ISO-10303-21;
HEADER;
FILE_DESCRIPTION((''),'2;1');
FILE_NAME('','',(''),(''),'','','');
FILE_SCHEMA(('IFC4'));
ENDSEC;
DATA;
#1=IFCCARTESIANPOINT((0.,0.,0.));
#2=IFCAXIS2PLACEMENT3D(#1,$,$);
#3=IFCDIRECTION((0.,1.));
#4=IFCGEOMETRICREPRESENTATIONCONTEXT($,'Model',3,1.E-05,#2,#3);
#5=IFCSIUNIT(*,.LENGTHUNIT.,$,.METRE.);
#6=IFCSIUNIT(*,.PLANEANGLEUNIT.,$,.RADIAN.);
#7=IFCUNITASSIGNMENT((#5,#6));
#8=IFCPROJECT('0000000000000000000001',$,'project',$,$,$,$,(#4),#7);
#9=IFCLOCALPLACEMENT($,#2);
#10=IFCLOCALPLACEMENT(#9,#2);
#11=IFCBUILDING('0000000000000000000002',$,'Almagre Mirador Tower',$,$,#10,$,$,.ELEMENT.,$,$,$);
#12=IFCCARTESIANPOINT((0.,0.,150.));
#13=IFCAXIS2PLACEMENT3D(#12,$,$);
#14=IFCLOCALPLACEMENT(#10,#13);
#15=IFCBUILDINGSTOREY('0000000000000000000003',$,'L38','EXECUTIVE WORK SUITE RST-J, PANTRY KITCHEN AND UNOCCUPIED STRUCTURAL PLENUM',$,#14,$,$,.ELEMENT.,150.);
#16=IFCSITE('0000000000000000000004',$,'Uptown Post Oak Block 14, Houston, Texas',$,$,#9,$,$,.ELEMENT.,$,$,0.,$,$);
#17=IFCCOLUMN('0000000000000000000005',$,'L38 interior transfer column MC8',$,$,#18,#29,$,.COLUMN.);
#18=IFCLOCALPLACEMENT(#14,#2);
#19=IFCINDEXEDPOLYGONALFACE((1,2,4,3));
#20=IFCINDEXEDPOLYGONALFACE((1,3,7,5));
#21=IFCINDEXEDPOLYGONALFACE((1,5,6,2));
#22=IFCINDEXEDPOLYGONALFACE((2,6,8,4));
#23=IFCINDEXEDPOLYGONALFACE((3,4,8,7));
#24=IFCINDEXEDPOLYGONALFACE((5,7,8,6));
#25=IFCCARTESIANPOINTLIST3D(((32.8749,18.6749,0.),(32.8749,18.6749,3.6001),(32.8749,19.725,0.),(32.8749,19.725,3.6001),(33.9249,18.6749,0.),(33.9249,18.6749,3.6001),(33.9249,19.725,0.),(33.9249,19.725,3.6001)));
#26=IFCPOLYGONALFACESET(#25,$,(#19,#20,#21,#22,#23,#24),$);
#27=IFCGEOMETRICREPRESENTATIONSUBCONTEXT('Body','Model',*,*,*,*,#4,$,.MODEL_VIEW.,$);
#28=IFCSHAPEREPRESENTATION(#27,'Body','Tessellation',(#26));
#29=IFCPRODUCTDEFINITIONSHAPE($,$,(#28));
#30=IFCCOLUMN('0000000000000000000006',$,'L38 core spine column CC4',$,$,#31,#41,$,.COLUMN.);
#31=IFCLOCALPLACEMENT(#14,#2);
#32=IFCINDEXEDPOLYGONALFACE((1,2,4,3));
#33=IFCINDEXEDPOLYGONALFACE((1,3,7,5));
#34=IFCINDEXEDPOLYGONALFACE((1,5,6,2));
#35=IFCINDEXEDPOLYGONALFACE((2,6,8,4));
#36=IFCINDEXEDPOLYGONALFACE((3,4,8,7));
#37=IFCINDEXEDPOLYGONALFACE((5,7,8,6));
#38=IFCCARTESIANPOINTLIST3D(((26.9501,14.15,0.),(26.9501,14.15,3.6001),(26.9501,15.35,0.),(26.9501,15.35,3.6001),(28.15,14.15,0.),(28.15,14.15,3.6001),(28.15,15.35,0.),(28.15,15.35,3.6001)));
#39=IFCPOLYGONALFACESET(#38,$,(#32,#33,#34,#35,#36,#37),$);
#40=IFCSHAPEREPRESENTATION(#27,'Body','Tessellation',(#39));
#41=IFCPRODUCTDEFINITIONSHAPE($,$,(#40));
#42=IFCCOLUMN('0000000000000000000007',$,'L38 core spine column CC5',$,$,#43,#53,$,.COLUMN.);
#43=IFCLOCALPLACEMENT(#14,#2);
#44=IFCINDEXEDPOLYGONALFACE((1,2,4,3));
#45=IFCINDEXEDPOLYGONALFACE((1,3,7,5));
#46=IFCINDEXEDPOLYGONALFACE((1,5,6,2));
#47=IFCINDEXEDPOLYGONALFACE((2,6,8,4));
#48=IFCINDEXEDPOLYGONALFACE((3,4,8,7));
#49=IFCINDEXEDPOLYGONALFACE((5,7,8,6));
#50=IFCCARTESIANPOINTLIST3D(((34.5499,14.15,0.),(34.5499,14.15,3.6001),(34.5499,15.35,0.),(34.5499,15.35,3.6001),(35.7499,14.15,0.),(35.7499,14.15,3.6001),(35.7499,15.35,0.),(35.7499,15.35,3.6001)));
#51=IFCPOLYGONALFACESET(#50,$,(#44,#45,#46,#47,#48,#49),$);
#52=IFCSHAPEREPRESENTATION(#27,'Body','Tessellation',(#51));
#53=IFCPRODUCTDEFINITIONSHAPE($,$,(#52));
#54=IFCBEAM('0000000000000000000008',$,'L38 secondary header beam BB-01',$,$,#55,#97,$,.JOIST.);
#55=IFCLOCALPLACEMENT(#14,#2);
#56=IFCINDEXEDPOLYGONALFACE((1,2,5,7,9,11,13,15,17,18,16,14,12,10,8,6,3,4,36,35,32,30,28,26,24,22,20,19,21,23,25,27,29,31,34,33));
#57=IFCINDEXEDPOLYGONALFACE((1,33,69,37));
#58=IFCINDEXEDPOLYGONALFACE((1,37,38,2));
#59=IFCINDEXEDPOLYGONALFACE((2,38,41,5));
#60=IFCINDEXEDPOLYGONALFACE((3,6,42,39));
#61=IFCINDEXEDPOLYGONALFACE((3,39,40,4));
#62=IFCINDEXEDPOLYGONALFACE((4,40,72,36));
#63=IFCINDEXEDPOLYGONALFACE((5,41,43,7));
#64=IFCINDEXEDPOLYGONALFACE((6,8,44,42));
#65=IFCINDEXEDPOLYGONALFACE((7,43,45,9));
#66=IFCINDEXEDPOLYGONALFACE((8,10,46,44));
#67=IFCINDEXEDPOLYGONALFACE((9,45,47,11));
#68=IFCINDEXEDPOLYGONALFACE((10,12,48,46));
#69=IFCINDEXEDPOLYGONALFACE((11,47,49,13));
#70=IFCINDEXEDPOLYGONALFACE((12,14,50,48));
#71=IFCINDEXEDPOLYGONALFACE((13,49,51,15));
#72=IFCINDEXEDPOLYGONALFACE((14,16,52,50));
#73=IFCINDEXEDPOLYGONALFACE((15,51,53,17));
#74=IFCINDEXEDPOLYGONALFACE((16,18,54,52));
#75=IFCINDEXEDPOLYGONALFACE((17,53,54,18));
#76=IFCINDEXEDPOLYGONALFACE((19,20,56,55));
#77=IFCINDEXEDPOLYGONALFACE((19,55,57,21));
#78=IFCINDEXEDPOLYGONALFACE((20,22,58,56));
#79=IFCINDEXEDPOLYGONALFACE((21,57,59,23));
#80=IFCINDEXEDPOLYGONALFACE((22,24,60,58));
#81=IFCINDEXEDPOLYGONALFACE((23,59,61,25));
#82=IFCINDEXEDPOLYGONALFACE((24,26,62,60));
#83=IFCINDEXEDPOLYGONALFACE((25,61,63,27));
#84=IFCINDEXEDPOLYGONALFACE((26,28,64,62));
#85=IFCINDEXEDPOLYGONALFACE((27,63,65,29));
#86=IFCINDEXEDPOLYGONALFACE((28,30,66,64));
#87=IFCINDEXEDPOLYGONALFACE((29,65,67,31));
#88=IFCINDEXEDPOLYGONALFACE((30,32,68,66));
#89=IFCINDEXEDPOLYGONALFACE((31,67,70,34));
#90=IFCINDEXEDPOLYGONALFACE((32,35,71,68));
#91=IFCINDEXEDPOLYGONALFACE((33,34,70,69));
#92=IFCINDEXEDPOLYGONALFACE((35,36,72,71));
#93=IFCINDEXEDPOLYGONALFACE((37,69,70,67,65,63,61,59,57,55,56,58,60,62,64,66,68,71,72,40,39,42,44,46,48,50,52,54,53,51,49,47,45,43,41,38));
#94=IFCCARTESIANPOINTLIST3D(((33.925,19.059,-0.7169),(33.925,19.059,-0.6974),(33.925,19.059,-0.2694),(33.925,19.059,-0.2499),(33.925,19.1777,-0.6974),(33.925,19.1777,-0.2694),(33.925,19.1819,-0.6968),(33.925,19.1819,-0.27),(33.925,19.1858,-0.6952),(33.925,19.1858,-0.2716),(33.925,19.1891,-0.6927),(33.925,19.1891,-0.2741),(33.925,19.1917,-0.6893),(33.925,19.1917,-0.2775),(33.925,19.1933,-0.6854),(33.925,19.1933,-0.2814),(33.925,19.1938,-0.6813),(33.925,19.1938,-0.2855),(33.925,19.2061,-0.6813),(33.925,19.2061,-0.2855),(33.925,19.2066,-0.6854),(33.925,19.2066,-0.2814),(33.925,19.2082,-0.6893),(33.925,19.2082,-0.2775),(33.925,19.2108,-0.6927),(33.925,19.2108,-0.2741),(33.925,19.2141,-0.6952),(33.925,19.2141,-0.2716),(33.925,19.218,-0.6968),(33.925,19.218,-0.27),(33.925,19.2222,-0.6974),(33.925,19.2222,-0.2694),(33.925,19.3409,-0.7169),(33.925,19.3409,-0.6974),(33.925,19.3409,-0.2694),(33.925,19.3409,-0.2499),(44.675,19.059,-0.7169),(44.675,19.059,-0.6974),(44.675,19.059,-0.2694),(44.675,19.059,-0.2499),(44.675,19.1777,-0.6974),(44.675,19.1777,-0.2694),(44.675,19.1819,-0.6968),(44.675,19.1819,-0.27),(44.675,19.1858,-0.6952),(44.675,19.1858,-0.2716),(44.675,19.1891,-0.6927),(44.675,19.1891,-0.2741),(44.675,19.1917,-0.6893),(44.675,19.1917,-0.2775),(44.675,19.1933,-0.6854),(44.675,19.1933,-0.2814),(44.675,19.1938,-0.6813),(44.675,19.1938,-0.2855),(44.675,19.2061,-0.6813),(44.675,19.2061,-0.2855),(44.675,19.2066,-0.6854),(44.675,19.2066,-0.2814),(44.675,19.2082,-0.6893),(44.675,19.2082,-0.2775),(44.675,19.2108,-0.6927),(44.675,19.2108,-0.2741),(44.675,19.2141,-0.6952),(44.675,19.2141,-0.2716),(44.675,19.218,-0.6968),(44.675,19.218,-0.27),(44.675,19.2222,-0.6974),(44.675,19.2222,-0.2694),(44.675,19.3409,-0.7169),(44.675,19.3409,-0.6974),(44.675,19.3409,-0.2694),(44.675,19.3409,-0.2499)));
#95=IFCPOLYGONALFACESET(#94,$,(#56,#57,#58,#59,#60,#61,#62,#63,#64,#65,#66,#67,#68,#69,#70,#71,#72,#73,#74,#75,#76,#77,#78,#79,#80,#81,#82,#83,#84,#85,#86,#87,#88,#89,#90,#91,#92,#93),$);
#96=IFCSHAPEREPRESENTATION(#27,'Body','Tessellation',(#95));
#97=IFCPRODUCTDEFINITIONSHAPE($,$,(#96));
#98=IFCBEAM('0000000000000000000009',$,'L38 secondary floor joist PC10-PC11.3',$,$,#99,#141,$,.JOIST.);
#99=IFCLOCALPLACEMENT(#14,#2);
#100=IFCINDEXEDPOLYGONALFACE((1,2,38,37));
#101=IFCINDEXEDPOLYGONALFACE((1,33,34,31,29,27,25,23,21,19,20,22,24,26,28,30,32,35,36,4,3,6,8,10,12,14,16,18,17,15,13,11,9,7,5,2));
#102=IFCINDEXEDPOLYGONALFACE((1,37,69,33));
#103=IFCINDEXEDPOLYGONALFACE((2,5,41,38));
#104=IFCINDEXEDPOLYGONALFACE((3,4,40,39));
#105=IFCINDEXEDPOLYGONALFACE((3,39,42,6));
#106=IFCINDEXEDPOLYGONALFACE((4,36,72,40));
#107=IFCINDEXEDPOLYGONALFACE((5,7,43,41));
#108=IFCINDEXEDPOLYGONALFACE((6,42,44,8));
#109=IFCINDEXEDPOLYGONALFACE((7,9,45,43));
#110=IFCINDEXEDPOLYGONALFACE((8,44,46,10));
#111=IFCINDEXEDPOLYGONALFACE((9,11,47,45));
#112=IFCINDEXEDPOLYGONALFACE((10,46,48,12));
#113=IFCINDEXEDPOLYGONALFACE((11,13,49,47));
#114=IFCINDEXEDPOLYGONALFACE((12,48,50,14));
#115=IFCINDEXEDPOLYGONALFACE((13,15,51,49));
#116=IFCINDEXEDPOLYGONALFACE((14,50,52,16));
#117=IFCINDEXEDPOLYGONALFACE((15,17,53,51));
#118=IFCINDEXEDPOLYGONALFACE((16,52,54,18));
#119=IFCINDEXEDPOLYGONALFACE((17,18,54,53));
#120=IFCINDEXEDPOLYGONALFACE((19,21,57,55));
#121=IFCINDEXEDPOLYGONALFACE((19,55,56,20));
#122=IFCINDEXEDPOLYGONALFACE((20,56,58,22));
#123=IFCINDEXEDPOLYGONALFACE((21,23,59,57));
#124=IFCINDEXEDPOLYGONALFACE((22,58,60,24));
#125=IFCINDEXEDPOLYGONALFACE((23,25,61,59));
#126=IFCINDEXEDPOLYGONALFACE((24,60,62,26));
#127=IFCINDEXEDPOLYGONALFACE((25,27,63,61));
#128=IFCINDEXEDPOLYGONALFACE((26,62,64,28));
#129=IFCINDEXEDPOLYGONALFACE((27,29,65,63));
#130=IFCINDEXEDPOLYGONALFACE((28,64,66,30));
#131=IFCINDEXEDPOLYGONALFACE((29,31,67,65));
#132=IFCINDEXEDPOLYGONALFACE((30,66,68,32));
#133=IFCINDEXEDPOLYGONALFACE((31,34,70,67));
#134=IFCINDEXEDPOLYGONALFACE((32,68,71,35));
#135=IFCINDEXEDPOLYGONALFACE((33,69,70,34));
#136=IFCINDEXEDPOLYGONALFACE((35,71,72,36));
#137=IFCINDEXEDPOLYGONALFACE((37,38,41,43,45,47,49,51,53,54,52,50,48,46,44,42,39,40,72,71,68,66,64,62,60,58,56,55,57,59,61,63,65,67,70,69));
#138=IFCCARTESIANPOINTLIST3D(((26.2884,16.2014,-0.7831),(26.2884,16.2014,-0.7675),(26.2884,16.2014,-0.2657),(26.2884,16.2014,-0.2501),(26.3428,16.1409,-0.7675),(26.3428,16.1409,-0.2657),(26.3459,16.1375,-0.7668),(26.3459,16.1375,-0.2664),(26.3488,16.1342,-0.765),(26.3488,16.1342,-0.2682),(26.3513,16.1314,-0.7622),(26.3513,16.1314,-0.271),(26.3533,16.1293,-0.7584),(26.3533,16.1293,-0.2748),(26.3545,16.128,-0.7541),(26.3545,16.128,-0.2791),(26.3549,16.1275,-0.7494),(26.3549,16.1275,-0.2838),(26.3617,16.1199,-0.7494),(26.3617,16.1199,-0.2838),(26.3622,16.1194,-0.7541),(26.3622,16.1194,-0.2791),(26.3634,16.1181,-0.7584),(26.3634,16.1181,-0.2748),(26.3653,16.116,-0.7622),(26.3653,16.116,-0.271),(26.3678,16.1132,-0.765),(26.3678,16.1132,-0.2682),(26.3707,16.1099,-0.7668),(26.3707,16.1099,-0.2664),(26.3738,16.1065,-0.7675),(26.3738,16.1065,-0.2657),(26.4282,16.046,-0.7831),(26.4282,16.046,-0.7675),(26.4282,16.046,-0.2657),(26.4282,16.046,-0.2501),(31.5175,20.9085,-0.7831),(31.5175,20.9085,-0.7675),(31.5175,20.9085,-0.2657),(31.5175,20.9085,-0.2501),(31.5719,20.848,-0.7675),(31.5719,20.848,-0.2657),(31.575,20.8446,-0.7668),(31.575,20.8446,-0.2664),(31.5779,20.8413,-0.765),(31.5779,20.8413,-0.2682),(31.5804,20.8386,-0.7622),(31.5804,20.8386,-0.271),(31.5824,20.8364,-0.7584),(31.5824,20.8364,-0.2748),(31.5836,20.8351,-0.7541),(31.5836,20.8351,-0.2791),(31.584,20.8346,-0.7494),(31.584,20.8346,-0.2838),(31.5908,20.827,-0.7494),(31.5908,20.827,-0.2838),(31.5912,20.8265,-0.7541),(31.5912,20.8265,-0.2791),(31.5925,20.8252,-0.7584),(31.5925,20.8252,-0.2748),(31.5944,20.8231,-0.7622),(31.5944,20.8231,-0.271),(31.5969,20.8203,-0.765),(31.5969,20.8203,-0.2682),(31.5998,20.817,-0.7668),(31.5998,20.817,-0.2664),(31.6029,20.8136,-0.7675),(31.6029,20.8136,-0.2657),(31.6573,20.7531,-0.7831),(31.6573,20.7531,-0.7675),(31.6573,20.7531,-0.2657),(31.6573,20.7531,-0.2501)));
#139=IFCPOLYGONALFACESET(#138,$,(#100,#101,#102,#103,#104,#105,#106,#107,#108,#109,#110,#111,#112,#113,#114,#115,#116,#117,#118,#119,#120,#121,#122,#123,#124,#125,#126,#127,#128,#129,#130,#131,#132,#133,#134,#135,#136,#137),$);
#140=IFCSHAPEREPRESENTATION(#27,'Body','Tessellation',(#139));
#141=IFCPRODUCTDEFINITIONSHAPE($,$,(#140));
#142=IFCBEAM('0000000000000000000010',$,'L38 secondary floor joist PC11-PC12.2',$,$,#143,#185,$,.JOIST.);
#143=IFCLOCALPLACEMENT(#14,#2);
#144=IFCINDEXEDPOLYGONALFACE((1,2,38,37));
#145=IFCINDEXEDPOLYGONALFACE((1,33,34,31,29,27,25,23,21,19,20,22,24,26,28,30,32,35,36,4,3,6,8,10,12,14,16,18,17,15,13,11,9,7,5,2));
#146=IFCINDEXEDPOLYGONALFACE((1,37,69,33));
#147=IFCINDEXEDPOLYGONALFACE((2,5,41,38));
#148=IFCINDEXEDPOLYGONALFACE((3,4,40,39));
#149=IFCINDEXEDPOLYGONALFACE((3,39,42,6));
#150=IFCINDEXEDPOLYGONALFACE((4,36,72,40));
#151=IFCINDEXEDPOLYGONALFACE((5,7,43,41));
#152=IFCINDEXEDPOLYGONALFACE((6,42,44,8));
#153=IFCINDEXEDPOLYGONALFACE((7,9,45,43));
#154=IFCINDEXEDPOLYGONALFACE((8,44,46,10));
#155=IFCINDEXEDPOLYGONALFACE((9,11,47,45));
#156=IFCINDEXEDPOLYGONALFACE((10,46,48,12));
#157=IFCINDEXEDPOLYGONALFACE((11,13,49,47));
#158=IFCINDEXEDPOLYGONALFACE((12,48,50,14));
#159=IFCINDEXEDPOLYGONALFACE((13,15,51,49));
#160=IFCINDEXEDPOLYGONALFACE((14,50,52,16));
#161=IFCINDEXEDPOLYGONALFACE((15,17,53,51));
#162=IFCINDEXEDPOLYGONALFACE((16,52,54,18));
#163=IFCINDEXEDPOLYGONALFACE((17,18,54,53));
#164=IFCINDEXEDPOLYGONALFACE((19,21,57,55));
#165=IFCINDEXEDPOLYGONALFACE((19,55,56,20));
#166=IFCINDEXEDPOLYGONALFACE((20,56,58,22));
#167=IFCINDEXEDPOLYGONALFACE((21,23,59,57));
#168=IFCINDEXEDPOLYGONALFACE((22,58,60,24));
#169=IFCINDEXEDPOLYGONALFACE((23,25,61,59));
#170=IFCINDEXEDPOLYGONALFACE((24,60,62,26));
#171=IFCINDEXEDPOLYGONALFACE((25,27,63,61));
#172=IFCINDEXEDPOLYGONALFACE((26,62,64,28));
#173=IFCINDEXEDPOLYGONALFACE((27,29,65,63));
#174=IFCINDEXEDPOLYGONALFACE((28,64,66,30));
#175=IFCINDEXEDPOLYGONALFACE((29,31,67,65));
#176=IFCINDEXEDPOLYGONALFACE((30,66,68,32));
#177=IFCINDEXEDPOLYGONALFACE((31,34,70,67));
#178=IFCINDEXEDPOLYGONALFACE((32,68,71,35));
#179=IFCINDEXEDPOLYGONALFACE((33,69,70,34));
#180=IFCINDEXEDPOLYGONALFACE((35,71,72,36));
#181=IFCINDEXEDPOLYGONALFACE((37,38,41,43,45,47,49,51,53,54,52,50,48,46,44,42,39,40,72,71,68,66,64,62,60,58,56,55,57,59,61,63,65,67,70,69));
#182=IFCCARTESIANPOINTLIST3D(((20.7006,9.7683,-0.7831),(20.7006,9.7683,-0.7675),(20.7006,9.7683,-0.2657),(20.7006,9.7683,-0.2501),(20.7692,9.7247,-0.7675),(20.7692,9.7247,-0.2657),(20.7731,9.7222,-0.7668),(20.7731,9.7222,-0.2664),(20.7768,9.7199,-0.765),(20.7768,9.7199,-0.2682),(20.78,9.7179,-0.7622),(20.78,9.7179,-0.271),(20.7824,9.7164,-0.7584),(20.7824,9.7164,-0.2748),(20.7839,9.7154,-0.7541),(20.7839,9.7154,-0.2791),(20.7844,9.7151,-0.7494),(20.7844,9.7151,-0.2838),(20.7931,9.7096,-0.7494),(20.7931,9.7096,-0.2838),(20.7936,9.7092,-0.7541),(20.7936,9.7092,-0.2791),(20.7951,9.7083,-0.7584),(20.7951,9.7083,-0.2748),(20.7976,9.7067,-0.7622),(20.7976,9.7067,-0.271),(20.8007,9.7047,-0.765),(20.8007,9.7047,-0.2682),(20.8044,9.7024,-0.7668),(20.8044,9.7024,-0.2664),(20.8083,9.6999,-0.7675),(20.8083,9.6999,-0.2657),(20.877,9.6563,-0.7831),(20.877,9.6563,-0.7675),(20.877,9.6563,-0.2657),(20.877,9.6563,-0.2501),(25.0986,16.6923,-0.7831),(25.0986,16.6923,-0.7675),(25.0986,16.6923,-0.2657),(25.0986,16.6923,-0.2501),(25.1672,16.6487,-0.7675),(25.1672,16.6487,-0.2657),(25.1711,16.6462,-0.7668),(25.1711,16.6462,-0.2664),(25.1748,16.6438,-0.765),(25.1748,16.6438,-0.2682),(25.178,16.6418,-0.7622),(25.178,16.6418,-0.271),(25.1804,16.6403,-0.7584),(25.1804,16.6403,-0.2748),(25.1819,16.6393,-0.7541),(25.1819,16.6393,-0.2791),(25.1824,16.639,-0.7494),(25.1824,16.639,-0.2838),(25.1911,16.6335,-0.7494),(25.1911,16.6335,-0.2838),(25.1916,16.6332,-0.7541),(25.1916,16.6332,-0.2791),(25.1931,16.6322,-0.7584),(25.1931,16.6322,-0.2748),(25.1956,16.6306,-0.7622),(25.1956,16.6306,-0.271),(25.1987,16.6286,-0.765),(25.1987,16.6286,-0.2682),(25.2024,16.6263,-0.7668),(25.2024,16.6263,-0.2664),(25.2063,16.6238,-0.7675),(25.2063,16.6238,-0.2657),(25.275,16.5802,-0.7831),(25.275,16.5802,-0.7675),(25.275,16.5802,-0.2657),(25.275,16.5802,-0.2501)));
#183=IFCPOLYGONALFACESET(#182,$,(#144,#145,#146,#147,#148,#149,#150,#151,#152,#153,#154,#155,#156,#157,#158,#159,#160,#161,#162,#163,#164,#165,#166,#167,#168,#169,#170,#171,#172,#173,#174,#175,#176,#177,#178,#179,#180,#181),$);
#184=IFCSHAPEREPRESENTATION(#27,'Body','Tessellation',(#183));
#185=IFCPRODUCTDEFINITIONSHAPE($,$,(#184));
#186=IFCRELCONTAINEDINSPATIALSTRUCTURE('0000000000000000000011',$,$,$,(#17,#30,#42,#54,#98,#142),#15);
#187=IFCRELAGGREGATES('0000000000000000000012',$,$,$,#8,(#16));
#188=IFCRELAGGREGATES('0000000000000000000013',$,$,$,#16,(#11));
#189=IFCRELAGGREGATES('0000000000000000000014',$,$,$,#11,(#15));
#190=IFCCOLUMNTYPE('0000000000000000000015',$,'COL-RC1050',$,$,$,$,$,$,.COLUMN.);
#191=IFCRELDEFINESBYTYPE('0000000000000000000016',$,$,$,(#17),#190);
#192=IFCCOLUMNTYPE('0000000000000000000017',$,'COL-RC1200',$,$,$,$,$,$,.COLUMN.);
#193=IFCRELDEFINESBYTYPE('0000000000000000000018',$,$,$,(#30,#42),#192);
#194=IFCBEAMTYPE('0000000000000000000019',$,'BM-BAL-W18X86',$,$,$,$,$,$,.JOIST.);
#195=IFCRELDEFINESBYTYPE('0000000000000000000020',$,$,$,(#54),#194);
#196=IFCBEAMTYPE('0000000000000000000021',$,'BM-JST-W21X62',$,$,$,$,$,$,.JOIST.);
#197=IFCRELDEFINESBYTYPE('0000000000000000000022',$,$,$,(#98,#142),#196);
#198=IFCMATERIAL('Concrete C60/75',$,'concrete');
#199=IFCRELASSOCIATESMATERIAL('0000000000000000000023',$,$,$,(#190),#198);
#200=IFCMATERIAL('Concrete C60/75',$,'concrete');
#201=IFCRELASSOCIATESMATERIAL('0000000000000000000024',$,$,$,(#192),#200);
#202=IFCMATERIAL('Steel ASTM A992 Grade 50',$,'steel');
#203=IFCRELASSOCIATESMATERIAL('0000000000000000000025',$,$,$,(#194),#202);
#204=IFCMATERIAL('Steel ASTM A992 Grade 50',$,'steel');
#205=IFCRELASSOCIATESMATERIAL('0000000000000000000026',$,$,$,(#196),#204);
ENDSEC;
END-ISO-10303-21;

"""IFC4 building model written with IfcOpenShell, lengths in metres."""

from ifc_helpers import new_model, si_unit, direction, frame, origin, origin_2d, place, context, subcontext, project, spatial, rectangle, i_section, extrude, material, material_profile, profile_set, type_object, element, save


model = new_model("IFC4")

# Units and contexts
model_context = context("Model", 3, precision=1e-05, world=origin(), true_north=direction((0.0, 1.0)))
body_context = subcontext(model_context, "Body", "Model", "MODEL_VIEW")
ifc_project = project(units=[si_unit("LENGTHUNIT", "METRE"), si_unit("PLANEANGLEUNIT", "RADIAN")], contexts=[model_context])

# Site, building, storey
site_placement = place(None, origin())
site = spatial("IfcSite", under=ifc_project, at=site_placement, Name="Uptown Post Oak Block 14, Houston, Texas", CompositionType="ELEMENT", RefElevation=0.0)
building_placement = place(site_placement, origin())
building = spatial("IfcBuilding", under=site, at=building_placement, Name="Almagre Mirador Tower", CompositionType="ELEMENT")
storey_placement = place(building_placement, frame((0.0, 0.0, 150.0)))
storey = spatial("IfcBuildingStorey", under=building, at=storey_placement, Name="L38", Description="EXECUTIVE WORK SUITE RST-J, PANTRY KITCHEN AND UNOCCUPIED STRUCTURAL PLENUM", CompositionType="ELEMENT", Elevation=150.0)

# Columns
ifc_material_1 = material(Name="Concrete C60/75", Category="concrete")
ifc_material_profile_1 = material_profile(ifc_material_1, rectangle(XDim=1.05, YDim=1.05, at=origin_2d()), Name="RC1050X1050")
ifc_profile_set_1 = profile_set([ifc_material_profile_1], Name="Concrete C60/75")
column_type_1 = type_object("IfcColumnType", Name="COL-RC1050", PredefinedType="COLUMN", material=ifc_profile_set_1)
column_placement = place(storey_placement, frame((33.3999, 19.2, 0.0), z_axis=(0.0, 0.0, 1.0), x_axis=(1.0, 0.0, 0.0)))
element("IfcColumn", 1, at=column_placement, inside=storey, type_object=column_type_1, Name="L38 interior transfer column MC8", PredefinedType="COLUMN", context=body_context, shape_type="SweptSolid", body=[
    extrude(rectangle(XDim=1.05, YDim=1.05, at=origin_2d()), origin(), (0.0, 0.0, 1.0), 3.6001),
])
ifc_material_2 = material(Name="Concrete C60/75", Category="concrete")
ifc_material_profile_2 = material_profile(ifc_material_2, rectangle(XDim=1.2, YDim=1.2, at=origin_2d()), Name="RC1200X1200")
ifc_profile_set_2 = profile_set([ifc_material_profile_2], Name="Concrete C60/75")
column_type_2 = type_object("IfcColumnType", Name="COL-RC1200", PredefinedType="COLUMN", material=ifc_profile_set_2)
for number, where, z_axis, x_axis, name in (
    (2, (27.55, 14.75, 0.0), (0.0, 0.0, 1.0), (1.0, 0.0, 0.0), "L38 core spine column CC4"),
    (3, (35.1499, 14.75, 0.0), (0.0, 0.0, 1.0), (1.0, 0.0, 0.0), "L38 core spine column CC5"),
):
    element("IfcColumn", number, at=place(storey_placement, frame(where, z_axis=z_axis, x_axis=x_axis)), inside=storey, type_object=column_type_2, Name=name, PredefinedType="COLUMN", context=body_context, shape_type="SweptSolid", body=[
        extrude(rectangle(XDim=1.2, YDim=1.2, at=origin_2d()), origin(), (0.0, 0.0, 1.0), 3.6001),
    ])

# Beams
ifc_material_3 = material(Name="Steel ASTM A992 Grade 50", Category="steel")
ifc_material_profile_3 = material_profile(ifc_material_3, i_section(OverallWidth=0.282, OverallDepth=0.467, WebThickness=0.0122, FlangeThickness=0.0195, FilletRadius=0.0161, at=origin_2d()), Name="W18X86")
ifc_profile_set_3 = profile_set([ifc_material_profile_3], Name="Steel ASTM A992 Grade 50")
beam_type_1 = type_object("IfcBeamType", Name="BM-BAL-W18X86", PredefinedType="JOIST", material=ifc_profile_set_3)
beam_1_placement = place(storey_placement, frame((33.925, 19.2, -0.4834), z_axis=(1.0, 0.0, 0.0), x_axis=(0.0, 1.0, 0.0)))
element("IfcBeam", 4, at=beam_1_placement, inside=storey, type_object=beam_type_1, Name="L38 secondary header beam BB-01", PredefinedType="JOIST", context=body_context, shape_type="SweptSolid", body=[
    extrude(i_section(OverallWidth=0.282, OverallDepth=0.467, WebThickness=0.0122, FlangeThickness=0.0195, FilletRadius=0.0161, at=origin_2d()), origin(), (0.0, 0.0, 1.0), 10.75),
])
ifc_material_4 = material(Name="Steel ASTM A992 Grade 50", Category="steel")
ifc_material_profile_4 = material_profile(ifc_material_4, i_section(OverallWidth=0.209, OverallDepth=0.533, WebThickness=0.0103, FlangeThickness=0.0156, FilletRadius=0.0181, at=origin_2d()), Name="W21X62")
ifc_profile_set_4 = profile_set([ifc_material_profile_4], Name="Steel ASTM A992 Grade 50")
beam_type_2 = type_object("IfcBeamType", Name="BM-JST-W21X62", PredefinedType="JOIST", material=ifc_profile_set_4)
beam_2_placement = place(storey_placement, frame((31.5874, 20.8308, -0.5166), z_axis=(-0.743229, -0.669038, 0.0), x_axis=(0.669038, -0.743229, 0.0)))
element("IfcBeam", 5, at=beam_2_placement, inside=storey, type_object=beam_type_2, Name="L38 secondary floor joist PC10-PC11.3", PredefinedType="JOIST", context=body_context, shape_type="SweptSolid", body=[
    extrude(i_section(OverallWidth=0.209, OverallDepth=0.533, WebThickness=0.0103, FlangeThickness=0.0156, FilletRadius=0.0181, at=origin_2d()), origin(), (0.0, 0.0, 1.0), 7.0356),
])
beam_3_placement = place(storey_placement, frame((25.1868, 16.6362, -0.5166), z_axis=(-0.53617, -0.84411, 0.0), x_axis=(0.84411, -0.53617, 0.0)))
element("IfcBeam", 6, at=beam_3_placement, inside=storey, type_object=beam_type_2, Name="L38 secondary floor joist PC11-PC12.2", PredefinedType="JOIST", context=body_context, shape_type="SweptSolid", body=[
    extrude(i_section(OverallWidth=0.209, OverallDepth=0.533, WebThickness=0.0103, FlangeThickness=0.0156, FilletRadius=0.0181, at=origin_2d()), origin(), (0.0, 0.0, 1.0), 8.2026),
])

save(model, "model.ifc")
